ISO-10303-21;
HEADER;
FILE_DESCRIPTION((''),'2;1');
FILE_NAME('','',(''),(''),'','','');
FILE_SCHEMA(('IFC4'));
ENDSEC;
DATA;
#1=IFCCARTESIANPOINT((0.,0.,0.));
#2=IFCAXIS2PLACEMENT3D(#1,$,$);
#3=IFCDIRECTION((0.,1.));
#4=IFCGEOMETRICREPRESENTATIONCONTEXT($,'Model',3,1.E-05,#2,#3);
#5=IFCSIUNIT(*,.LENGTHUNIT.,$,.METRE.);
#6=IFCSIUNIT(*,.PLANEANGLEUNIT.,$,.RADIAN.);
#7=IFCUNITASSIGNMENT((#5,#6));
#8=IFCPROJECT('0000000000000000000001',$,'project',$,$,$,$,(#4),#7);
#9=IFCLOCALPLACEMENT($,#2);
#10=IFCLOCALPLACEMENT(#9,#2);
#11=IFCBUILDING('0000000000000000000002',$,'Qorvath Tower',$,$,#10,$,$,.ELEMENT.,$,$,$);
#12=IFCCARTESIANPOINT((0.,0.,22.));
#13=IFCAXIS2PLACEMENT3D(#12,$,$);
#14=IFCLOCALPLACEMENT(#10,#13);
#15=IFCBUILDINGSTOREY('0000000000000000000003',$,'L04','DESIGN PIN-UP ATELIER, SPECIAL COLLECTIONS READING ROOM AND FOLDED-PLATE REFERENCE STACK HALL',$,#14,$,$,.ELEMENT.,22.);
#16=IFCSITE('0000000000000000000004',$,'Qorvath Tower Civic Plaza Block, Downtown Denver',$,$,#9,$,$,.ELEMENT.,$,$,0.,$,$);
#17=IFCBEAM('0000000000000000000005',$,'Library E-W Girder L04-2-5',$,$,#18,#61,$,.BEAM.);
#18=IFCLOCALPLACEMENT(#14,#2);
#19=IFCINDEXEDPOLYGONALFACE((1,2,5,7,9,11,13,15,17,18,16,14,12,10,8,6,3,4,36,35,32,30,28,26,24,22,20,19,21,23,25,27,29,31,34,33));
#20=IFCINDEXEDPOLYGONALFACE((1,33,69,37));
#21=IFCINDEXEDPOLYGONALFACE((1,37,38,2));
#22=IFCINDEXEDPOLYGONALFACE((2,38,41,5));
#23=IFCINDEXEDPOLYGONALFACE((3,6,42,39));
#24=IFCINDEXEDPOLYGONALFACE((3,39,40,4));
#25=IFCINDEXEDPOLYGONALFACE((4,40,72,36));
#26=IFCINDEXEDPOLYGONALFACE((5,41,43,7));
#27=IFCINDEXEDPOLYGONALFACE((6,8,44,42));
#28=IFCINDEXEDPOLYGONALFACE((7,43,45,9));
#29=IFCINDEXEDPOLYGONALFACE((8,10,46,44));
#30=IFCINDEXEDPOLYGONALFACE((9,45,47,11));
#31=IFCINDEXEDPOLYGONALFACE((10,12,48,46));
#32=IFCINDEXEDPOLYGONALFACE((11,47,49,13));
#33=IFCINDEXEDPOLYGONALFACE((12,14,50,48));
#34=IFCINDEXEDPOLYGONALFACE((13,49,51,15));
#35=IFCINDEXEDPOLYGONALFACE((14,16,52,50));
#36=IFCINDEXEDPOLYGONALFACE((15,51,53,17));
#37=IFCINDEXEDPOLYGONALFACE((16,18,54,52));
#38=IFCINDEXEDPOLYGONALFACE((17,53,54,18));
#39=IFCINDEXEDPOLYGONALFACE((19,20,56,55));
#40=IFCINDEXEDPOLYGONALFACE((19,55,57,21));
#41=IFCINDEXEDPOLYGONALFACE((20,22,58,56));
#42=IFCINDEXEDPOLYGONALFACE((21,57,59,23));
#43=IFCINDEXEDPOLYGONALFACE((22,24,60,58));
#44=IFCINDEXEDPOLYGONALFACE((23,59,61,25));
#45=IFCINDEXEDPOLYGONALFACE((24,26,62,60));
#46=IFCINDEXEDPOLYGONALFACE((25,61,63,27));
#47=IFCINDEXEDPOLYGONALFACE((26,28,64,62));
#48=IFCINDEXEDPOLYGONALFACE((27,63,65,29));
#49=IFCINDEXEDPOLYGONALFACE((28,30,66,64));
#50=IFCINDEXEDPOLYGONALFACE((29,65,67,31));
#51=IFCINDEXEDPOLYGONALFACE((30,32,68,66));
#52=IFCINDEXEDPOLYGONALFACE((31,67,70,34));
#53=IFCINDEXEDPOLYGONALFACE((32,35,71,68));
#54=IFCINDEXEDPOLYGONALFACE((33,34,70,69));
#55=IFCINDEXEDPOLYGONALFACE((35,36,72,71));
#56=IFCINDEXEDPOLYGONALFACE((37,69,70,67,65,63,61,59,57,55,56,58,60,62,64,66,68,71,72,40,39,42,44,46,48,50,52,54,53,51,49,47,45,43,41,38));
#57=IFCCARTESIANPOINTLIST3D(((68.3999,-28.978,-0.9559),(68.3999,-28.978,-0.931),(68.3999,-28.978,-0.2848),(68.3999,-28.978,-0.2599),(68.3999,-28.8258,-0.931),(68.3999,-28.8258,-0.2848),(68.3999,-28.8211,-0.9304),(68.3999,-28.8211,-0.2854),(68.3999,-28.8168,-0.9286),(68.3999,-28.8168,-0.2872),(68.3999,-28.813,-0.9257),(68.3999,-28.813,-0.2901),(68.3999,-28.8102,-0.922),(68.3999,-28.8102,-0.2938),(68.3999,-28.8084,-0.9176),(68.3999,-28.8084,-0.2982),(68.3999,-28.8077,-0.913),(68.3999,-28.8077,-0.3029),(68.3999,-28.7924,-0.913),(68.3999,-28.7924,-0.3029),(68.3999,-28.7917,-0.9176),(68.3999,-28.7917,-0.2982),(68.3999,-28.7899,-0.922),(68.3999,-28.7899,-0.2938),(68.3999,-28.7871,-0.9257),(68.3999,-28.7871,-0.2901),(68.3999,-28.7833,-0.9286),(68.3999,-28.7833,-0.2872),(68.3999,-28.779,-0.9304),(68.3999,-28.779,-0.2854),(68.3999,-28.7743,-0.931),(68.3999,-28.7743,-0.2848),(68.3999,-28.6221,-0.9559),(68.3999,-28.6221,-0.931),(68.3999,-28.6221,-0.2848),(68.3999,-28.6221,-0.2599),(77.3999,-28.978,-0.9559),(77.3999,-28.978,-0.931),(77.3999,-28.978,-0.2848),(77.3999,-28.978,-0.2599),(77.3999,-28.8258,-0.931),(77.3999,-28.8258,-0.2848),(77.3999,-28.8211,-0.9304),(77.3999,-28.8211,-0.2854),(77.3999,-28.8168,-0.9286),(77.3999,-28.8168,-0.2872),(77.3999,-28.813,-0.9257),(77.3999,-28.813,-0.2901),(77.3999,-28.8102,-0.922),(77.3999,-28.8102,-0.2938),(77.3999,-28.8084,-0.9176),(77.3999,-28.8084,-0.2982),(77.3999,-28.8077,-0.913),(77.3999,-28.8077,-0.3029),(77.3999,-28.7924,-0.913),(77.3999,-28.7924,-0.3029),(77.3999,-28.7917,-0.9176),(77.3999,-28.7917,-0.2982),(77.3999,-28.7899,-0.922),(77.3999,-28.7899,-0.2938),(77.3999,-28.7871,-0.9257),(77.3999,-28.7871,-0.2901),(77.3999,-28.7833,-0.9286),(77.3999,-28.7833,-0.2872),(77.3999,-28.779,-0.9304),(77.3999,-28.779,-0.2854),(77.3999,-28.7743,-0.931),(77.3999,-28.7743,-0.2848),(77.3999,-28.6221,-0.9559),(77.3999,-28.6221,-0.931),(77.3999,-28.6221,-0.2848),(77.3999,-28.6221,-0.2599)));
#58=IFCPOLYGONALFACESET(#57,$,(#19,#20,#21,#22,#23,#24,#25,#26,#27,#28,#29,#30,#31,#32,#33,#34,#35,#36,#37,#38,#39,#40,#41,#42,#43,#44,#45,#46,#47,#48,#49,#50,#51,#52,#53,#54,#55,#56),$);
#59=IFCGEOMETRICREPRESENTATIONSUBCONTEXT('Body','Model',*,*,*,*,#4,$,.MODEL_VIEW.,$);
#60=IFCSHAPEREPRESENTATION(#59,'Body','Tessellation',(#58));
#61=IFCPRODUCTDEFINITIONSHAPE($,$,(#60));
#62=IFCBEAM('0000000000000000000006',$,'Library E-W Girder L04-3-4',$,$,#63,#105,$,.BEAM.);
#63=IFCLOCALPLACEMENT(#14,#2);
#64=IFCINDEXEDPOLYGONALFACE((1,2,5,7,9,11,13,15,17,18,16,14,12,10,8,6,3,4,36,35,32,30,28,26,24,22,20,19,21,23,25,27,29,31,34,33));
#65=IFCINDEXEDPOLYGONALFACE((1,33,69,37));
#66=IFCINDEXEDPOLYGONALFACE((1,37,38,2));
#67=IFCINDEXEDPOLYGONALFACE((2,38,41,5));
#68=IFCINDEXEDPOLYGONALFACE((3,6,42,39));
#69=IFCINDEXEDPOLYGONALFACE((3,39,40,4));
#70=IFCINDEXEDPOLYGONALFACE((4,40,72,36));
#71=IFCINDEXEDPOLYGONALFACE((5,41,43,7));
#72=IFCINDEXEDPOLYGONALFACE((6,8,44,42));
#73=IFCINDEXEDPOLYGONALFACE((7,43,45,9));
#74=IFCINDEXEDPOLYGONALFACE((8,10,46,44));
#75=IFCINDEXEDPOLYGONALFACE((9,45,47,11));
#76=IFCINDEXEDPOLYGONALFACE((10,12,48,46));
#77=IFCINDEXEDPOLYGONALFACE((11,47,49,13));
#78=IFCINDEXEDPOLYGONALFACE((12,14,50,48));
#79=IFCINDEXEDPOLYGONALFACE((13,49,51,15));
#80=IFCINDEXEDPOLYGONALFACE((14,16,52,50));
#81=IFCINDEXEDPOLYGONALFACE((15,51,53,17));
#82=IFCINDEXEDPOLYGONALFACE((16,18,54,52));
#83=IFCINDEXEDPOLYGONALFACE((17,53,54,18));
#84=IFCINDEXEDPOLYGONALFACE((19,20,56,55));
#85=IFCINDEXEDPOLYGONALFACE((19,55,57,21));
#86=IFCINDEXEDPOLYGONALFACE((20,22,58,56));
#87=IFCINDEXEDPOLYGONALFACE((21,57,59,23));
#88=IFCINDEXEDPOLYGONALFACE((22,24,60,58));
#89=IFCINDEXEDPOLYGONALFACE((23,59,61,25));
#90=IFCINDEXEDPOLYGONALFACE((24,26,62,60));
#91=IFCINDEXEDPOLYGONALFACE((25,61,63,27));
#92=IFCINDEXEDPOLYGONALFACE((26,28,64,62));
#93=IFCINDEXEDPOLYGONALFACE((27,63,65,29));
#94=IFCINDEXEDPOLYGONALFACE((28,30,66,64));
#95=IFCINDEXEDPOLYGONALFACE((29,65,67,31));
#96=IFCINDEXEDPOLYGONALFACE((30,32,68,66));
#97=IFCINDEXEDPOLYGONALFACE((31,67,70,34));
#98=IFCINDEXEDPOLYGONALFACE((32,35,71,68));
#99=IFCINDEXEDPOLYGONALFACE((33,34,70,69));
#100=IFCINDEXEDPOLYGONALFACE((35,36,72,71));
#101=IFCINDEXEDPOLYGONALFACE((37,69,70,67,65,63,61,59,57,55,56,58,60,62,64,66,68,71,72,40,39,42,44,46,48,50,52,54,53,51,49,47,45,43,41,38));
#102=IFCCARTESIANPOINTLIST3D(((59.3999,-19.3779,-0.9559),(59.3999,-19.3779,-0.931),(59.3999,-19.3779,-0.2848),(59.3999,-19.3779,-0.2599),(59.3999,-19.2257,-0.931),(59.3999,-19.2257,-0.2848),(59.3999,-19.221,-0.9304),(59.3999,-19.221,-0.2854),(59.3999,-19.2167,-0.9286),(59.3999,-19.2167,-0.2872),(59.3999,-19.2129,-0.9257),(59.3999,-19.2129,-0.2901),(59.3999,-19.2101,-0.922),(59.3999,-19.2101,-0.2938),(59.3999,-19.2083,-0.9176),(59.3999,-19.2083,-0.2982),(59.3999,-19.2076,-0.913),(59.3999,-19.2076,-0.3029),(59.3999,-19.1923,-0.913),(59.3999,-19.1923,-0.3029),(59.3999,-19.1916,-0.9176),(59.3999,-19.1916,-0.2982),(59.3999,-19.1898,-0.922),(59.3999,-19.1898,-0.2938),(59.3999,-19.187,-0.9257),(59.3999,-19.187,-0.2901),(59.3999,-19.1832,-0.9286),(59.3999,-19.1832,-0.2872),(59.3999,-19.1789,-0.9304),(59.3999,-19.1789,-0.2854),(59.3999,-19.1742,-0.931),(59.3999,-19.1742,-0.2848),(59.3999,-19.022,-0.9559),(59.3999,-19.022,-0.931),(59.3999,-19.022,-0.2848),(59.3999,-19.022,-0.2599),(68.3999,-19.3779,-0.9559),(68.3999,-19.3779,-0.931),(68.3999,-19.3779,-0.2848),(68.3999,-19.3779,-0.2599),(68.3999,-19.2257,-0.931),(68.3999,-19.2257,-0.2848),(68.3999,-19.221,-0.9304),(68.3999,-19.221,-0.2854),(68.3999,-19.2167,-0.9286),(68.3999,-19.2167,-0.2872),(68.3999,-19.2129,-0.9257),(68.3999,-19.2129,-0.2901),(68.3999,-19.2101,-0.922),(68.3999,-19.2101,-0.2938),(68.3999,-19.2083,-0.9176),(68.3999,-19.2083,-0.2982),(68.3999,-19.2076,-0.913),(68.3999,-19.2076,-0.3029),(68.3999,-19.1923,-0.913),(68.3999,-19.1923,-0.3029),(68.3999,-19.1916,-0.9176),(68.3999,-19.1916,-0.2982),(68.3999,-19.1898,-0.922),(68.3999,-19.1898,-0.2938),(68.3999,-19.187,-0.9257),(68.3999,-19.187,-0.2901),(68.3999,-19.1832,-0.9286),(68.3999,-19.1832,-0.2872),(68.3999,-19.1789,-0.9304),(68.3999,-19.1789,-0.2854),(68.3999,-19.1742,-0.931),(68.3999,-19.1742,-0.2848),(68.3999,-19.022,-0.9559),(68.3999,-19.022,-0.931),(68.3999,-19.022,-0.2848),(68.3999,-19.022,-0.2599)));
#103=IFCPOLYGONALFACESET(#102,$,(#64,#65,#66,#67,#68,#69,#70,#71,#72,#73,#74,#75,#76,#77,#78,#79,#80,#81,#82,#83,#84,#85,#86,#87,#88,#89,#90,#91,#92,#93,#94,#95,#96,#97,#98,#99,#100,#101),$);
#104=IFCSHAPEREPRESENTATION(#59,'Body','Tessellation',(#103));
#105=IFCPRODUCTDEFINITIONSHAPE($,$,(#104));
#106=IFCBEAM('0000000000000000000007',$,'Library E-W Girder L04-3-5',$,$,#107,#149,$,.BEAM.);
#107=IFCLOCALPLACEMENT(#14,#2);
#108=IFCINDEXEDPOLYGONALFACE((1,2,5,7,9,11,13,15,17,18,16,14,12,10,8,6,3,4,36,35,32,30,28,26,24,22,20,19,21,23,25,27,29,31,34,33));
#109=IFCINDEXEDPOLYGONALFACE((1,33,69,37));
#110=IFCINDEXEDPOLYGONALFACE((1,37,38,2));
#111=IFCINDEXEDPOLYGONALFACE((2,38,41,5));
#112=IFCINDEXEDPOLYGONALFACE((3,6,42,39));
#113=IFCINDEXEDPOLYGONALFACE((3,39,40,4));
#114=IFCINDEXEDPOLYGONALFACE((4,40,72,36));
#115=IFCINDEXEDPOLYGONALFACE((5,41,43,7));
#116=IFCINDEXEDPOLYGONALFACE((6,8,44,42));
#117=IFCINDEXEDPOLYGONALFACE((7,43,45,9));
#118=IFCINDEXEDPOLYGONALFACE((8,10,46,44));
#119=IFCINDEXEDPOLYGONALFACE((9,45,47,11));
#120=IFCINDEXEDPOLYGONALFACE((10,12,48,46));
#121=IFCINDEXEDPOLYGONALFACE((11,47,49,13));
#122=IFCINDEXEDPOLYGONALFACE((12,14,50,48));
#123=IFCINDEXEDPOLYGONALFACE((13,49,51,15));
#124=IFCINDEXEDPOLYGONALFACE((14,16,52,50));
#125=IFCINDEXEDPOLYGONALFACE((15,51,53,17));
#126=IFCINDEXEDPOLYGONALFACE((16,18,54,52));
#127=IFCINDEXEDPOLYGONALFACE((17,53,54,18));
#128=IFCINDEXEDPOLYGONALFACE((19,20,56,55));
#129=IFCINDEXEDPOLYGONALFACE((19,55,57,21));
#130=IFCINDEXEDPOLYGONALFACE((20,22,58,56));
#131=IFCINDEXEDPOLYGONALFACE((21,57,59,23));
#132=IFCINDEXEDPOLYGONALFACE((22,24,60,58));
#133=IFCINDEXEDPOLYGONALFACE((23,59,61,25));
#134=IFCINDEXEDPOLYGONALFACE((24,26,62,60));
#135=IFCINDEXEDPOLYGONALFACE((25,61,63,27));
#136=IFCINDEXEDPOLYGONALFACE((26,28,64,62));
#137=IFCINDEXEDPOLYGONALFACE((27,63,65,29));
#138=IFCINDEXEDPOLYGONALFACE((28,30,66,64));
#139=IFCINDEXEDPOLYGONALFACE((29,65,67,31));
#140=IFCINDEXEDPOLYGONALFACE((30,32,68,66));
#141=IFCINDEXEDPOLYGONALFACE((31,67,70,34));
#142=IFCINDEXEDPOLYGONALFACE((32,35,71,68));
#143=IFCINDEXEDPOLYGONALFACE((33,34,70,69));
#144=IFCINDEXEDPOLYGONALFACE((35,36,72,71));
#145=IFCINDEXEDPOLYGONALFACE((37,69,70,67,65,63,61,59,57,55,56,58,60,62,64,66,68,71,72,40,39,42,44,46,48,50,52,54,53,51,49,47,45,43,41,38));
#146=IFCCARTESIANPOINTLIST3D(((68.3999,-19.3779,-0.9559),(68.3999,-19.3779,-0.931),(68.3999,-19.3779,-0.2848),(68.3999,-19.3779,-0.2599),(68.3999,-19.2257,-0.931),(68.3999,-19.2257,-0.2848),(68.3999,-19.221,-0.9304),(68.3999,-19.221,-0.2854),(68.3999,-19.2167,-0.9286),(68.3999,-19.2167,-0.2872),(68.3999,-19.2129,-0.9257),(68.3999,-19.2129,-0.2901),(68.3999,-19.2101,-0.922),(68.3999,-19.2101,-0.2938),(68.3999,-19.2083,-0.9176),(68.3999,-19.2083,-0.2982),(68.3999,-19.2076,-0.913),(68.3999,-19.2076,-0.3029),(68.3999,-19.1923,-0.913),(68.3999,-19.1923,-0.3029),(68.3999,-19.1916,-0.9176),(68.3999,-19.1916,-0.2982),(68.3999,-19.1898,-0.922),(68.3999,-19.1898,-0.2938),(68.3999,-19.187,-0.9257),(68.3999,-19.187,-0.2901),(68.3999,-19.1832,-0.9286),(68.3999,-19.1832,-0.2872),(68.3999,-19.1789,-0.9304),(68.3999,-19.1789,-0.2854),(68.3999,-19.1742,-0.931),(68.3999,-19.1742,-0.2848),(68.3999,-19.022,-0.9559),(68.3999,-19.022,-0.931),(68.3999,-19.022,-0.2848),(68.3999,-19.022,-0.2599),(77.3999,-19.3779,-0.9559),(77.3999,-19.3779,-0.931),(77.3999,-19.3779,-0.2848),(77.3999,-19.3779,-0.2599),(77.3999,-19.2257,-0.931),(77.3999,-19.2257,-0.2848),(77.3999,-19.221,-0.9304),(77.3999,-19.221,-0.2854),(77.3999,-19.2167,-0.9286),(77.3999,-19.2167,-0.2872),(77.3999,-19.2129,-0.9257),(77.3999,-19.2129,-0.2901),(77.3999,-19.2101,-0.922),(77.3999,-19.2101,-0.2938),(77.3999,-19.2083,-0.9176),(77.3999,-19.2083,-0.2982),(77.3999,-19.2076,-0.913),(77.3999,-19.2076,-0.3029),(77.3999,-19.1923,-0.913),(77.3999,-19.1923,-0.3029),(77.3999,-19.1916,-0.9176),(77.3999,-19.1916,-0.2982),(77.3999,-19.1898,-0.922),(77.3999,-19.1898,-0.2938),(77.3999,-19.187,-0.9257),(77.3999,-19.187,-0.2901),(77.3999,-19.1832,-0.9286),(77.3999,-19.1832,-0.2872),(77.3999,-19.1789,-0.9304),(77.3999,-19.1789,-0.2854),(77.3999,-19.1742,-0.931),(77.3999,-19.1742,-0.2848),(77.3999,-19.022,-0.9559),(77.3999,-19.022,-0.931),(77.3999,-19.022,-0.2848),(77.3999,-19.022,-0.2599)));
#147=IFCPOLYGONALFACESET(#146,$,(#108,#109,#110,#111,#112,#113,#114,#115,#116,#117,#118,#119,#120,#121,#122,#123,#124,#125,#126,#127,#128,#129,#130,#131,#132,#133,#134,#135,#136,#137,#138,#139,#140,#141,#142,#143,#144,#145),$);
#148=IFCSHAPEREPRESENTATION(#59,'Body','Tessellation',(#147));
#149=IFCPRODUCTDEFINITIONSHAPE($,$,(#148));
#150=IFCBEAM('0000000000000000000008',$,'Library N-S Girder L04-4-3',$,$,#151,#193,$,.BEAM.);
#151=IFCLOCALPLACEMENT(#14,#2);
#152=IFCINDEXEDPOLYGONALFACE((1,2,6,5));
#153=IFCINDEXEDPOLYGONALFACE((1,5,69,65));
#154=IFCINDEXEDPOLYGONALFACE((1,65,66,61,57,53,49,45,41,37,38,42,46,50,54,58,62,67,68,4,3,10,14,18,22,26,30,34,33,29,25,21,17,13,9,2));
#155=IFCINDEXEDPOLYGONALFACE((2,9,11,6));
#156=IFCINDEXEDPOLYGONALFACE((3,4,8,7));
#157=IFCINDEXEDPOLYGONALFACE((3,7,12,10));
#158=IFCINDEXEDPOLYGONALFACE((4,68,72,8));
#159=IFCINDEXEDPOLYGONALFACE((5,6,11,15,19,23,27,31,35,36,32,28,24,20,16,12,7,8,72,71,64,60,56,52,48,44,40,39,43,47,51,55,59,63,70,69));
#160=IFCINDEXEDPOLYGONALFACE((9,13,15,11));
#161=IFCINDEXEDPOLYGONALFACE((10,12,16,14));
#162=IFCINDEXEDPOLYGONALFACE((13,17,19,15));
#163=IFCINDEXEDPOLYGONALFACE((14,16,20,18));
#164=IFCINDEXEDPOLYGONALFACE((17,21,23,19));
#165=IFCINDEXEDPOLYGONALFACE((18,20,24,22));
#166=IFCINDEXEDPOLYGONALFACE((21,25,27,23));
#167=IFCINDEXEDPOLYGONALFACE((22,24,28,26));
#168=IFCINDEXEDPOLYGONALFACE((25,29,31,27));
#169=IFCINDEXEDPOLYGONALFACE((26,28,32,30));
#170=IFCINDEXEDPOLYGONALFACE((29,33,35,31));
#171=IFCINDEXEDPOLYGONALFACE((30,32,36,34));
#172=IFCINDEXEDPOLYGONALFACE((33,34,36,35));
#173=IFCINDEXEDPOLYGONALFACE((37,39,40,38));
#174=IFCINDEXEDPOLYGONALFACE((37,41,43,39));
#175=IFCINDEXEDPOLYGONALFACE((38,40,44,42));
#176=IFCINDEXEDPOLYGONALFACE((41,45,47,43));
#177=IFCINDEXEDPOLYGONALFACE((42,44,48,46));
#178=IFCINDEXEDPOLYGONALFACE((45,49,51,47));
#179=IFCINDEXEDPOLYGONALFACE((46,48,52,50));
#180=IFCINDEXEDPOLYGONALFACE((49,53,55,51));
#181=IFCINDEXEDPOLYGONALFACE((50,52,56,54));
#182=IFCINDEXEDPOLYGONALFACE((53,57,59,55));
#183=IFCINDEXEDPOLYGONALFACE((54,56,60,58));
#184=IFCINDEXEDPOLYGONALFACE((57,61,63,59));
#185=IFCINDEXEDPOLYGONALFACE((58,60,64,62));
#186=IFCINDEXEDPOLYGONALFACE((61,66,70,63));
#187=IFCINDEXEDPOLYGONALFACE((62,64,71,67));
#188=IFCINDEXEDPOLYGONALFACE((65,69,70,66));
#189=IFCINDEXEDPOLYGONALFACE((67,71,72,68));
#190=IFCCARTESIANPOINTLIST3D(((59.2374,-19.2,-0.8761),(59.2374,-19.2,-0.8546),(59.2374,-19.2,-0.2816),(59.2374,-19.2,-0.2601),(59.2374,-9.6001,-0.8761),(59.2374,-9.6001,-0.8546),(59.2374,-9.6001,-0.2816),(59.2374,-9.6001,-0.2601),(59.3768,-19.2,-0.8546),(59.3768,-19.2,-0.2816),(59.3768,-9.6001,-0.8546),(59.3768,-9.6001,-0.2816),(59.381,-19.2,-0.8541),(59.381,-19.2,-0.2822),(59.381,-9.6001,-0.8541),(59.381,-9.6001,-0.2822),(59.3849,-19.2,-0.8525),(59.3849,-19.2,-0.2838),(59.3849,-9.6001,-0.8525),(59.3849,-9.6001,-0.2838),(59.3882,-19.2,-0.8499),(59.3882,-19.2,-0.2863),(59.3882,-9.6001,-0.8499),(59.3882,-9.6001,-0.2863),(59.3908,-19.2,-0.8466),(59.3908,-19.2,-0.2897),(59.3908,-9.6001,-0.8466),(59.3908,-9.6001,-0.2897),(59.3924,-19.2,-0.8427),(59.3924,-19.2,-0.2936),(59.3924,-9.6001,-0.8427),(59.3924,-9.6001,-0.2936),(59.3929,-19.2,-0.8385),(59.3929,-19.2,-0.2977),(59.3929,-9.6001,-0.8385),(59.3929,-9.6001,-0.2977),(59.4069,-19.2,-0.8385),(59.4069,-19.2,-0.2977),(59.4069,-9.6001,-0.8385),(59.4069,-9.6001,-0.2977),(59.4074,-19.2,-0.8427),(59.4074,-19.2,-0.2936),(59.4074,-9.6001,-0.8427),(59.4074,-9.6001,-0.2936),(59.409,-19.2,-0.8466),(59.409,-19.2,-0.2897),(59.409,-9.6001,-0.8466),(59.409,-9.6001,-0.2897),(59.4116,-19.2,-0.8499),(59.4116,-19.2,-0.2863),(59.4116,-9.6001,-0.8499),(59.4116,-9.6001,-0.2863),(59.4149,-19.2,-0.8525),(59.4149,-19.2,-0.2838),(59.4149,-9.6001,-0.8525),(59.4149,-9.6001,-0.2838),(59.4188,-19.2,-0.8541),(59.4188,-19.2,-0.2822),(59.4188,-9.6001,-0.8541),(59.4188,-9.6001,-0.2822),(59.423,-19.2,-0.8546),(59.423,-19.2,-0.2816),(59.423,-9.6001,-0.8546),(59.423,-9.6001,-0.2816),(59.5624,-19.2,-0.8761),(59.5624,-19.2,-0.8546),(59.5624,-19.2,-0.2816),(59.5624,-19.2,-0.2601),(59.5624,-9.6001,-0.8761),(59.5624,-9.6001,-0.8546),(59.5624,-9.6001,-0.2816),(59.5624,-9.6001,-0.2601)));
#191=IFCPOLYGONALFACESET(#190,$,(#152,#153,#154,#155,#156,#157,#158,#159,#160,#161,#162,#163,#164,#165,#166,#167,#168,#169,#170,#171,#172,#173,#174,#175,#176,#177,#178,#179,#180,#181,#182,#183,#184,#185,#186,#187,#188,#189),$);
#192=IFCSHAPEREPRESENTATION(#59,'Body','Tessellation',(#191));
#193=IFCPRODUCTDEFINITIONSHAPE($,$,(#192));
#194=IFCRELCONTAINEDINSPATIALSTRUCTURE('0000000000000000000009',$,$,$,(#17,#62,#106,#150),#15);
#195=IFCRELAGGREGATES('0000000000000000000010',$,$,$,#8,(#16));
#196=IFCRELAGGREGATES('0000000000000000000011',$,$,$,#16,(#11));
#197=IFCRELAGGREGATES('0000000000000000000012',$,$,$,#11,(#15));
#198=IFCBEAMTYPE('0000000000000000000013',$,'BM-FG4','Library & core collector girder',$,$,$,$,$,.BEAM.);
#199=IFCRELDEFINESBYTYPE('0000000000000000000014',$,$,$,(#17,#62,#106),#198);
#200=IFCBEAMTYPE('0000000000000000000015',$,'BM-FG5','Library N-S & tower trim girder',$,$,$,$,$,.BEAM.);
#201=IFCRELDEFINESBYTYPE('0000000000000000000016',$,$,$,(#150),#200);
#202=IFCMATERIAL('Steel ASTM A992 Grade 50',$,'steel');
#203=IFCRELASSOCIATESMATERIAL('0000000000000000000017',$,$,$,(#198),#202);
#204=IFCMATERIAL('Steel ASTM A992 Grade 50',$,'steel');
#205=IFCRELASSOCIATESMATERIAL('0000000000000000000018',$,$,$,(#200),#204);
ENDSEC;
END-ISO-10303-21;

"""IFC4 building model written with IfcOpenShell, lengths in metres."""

from ifc_helpers import new_model, si_unit, direction, frame, origin, origin_2d, place, context, subcontext, project, spatial, i_section, extrude, material, material_profile, profile_set, type_object, element, save


model = new_model("IFC4")

# Units and contexts
model_context = context("Model", 3, precision=1e-05, world=origin(), true_north=direction((0.0, 1.0)))
body_context = subcontext(model_context, "Body", "Model", "MODEL_VIEW")
ifc_project = project(units=[si_unit("LENGTHUNIT", "METRE"), si_unit("PLANEANGLEUNIT", "RADIAN")], contexts=[model_context])

# Site, building, storey
site_placement = place(None, origin())
site = spatial("IfcSite", under=ifc_project, at=site_placement, Name="Qorvath Tower Civic Plaza Block, Downtown Denver", CompositionType="ELEMENT", RefElevation=0.0)
building_placement = place(site_placement, origin())
building = spatial("IfcBuilding", under=site, at=building_placement, Name="Qorvath Tower", CompositionType="ELEMENT")
storey_placement = place(building_placement, frame((0.0, 0.0, 22.0)))
storey = spatial("IfcBuildingStorey", under=building, at=storey_placement, Name="L04", Description="DESIGN PIN-UP ATELIER, SPECIAL COLLECTIONS READING ROOM AND FOLDED-PLATE REFERENCE STACK HALL", CompositionType="ELEMENT", Elevation=22.0)

# Beams
ifc_material_1 = material(Name="Steel ASTM A992 Grade 50", Category="steel")
ifc_material_profile_1 = material_profile(ifc_material_1, i_section(OverallWidth=0.356, OverallDepth=0.696, WebThickness=0.0154, FlangeThickness=0.0249, FilletRadius=0.0181, at=origin_2d()), Name="W27x146")
ifc_profile_set_1 = profile_set([ifc_material_profile_1], Name="Steel ASTM A992 Grade 50")
beam_type_1 = type_object("IfcBeamType", Name="BM-FG4", Description="Library & core collector girder", PredefinedType="BEAM", material=ifc_profile_set_1)
for number, where, z_axis, x_axis, name in (
    (1, (68.3999, -28.8, -0.6079), (1.0, 0.0, 0.0), (0.0, 1.0, 0.0), "Library E-W Girder L04-2-5"),
    (2, (59.3999, -19.2, -0.6079), (1.0, 0.0, 0.0), (0.0, 1.0, 0.0), "Library E-W Girder L04-3-4"),
    (3, (68.3999, -19.2, -0.6079), (1.0, 0.0, 0.0), (0.0, 1.0, 0.0), "Library E-W Girder L04-3-5"),
):
    element("IfcBeam", number, at=place(storey_placement, frame(where, z_axis=z_axis, x_axis=x_axis)), inside=storey, type_object=beam_type_1, Name=name, PredefinedType="BEAM", context=body_context, shape_type="SweptSolid", body=[
        extrude(i_section(OverallWidth=0.356, OverallDepth=0.696, WebThickness=0.0154, FlangeThickness=0.0249, FilletRadius=0.0181, at=origin_2d()), origin(), (0.0, 0.0, 1.0), 9.0),
    ])
ifc_material_2 = material(Name="Steel ASTM A992 Grade 50", Category="steel")
ifc_material_profile_2 = material_profile(ifc_material_2, i_section(OverallWidth=0.325, OverallDepth=0.616, WebThickness=0.0139, FlangeThickness=0.0215, FilletRadius=0.0161, at=origin_2d()), Name="W24x117")
ifc_profile_set_2 = profile_set([ifc_material_profile_2], Name="Steel ASTM A992 Grade 50")
beam_type_2 = type_object("IfcBeamType", Name="BM-FG5", Description="Library N-S & tower trim girder", PredefinedType="BEAM", material=ifc_profile_set_2)
beam_1_placement = place(storey_placement, frame((59.3999, -19.2, -0.5681), z_axis=(0.0, 1.0, 0.0), x_axis=(-1.0, 0.0, 0.0)))
element("IfcBeam", 4, at=beam_1_placement, inside=storey, type_object=beam_type_2, Name="Library N-S Girder L04-4-3", PredefinedType="BEAM", context=body_context, shape_type="SweptSolid", body=[
    extrude(i_section(OverallWidth=0.325, OverallDepth=0.616, WebThickness=0.0139, FlangeThickness=0.0215, FilletRadius=0.0161, at=origin_2d()), origin(), (0.0, 0.0, 1.0), 9.5999),
])

save(model, "model.ifc")
